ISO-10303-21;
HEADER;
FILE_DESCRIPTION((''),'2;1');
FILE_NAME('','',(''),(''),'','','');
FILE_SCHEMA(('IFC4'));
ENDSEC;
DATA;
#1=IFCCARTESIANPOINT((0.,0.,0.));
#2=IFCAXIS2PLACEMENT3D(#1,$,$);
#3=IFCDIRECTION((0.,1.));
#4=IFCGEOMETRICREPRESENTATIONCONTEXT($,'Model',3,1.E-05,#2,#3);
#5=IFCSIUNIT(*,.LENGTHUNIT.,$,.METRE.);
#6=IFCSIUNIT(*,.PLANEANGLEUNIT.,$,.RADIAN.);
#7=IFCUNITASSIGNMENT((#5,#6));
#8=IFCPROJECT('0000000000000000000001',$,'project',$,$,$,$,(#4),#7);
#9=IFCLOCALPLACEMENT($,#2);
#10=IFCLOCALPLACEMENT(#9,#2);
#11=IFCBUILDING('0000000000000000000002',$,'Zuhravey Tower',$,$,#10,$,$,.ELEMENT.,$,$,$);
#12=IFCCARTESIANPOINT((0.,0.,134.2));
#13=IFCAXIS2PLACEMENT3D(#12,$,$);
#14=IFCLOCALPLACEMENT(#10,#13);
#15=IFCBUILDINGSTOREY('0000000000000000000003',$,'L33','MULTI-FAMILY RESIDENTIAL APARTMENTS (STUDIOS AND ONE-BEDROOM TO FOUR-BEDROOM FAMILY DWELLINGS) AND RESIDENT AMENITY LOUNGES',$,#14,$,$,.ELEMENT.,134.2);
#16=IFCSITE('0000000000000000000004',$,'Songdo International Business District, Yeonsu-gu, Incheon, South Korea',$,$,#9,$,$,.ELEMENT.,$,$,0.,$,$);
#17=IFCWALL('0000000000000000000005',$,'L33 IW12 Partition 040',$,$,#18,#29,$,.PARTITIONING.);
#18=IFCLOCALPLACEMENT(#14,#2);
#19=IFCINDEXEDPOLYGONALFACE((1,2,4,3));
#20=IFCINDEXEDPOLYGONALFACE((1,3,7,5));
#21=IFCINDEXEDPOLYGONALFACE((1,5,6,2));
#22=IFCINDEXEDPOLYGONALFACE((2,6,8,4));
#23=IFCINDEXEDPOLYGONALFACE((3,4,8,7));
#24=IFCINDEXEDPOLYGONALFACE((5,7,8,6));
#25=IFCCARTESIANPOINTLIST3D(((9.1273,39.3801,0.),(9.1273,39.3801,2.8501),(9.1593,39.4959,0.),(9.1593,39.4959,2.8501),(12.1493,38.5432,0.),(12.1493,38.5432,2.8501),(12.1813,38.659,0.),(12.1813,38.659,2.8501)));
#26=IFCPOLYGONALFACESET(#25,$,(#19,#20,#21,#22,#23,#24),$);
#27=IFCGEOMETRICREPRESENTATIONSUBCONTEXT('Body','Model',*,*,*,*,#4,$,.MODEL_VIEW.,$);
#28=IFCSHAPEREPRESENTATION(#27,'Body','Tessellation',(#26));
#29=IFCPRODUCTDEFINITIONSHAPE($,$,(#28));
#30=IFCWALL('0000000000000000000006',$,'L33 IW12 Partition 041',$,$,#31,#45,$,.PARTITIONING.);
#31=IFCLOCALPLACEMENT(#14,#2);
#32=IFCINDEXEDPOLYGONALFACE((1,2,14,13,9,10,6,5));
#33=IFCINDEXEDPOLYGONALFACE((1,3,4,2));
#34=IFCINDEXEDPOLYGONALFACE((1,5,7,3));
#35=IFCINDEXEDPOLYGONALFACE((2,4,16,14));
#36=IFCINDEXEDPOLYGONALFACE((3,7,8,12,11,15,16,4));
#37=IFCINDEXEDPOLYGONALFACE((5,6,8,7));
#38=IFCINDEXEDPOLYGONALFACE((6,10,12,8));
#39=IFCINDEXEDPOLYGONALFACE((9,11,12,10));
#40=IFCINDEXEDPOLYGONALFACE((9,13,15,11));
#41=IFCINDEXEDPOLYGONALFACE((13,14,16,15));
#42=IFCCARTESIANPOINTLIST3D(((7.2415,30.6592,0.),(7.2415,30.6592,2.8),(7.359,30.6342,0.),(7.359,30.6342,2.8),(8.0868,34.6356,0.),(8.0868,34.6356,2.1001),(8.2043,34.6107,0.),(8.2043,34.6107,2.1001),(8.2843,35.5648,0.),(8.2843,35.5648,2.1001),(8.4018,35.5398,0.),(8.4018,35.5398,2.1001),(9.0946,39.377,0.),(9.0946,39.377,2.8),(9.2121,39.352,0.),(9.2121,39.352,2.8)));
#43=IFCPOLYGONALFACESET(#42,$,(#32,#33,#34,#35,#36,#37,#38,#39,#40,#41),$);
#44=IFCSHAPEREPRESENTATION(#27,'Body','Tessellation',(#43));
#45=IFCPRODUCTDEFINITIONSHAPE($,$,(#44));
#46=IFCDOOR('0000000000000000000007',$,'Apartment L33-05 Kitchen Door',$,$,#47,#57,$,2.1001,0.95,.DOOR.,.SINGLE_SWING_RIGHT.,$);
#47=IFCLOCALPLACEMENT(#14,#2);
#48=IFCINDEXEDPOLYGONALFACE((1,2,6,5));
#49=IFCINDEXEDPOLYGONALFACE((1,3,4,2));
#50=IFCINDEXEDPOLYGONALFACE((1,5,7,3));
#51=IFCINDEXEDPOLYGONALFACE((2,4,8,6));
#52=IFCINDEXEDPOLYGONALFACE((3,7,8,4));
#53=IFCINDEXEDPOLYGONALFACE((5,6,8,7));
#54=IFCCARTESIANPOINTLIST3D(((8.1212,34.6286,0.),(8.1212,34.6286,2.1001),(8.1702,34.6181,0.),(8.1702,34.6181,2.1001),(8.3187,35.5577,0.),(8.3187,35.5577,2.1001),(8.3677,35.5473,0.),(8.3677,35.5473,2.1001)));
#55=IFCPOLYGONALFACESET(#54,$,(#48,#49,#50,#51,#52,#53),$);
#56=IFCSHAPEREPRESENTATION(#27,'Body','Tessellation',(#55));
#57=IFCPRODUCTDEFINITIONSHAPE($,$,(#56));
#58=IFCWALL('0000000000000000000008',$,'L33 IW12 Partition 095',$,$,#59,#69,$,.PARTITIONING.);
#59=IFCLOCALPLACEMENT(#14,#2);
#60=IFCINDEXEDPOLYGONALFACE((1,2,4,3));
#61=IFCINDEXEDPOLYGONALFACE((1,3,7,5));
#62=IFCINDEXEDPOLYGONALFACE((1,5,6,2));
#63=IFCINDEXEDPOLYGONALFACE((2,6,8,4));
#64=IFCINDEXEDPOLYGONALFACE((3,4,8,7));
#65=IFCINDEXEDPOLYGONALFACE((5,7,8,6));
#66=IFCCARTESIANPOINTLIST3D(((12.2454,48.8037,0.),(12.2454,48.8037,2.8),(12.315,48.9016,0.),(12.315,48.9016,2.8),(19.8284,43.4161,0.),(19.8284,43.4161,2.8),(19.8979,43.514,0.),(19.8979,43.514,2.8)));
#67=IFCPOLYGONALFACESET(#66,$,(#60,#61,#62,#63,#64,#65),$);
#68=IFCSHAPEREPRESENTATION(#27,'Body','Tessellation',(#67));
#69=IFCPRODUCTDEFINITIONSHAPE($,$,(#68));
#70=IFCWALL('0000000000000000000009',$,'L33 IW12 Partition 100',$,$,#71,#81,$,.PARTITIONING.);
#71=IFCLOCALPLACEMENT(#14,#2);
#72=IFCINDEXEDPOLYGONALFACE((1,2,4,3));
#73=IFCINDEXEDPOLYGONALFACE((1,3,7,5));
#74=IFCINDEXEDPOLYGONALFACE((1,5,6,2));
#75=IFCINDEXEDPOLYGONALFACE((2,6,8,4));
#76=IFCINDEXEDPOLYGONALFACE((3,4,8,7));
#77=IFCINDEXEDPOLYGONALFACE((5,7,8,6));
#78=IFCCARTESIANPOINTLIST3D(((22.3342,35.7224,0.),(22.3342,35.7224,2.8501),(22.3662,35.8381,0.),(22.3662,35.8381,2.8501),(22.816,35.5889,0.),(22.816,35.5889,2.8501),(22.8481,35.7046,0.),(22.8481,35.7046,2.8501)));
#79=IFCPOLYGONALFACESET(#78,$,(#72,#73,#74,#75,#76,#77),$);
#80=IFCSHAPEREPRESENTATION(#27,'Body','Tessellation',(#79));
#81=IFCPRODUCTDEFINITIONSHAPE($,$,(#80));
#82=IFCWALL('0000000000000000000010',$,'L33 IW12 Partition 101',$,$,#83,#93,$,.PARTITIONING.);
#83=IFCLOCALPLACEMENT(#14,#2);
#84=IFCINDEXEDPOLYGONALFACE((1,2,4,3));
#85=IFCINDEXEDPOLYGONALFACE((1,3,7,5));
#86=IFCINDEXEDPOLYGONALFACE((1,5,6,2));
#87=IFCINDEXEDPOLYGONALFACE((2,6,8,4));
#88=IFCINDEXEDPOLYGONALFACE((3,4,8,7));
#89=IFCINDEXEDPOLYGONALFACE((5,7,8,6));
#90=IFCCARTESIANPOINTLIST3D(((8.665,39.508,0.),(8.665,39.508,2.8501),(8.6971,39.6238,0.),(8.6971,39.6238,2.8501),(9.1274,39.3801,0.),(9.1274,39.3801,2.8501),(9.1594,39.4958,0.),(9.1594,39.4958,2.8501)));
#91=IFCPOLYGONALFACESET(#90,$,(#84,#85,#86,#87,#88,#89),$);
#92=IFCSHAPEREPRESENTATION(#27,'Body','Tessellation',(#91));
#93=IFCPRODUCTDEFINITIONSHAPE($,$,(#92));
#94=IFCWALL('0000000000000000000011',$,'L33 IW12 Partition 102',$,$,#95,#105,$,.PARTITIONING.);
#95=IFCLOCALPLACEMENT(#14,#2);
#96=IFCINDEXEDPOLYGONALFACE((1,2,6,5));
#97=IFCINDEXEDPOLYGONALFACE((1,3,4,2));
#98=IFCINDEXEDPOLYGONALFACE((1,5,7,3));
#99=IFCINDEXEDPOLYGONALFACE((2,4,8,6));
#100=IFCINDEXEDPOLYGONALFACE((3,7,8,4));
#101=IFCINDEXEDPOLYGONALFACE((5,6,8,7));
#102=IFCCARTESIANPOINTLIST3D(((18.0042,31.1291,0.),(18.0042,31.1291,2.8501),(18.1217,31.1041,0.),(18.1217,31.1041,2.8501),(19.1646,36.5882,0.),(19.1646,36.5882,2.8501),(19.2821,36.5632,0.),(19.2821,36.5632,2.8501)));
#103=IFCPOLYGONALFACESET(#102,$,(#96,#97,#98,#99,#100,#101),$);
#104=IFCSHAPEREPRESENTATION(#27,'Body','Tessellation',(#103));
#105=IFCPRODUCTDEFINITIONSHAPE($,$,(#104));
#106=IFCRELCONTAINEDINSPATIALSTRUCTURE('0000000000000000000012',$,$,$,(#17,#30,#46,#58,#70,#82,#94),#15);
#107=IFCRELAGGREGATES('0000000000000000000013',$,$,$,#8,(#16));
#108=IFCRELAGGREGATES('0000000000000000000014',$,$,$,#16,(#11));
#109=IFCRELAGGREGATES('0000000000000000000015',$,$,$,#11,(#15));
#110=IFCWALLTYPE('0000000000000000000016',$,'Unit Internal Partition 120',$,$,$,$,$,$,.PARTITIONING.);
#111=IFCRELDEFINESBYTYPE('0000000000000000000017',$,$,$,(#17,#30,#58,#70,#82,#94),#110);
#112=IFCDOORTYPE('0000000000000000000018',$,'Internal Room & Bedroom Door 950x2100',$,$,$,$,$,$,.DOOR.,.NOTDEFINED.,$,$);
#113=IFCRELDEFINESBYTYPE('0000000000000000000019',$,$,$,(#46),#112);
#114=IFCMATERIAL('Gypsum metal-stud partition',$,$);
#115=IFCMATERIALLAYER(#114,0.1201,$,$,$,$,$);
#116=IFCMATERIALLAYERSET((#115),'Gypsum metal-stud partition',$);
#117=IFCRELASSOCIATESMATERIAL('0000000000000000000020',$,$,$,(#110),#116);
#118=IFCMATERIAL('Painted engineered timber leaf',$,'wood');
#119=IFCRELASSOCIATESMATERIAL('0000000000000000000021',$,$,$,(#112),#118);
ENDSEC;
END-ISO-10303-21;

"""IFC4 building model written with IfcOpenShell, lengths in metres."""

from ifc_helpers import new_model, si_unit, direction, frame, frame_2d, origin, place, context, subcontext, project, spatial, rectangle, extrude, material, layer, layer_set, type_object, element, fill, save


model = new_model("IFC4")

# Units and contexts
model_context = context("Model", 3, precision=1e-05, world=origin(), true_north=direction((0.0, 1.0)))
body_context = subcontext(model_context, "Body", "Model", "MODEL_VIEW")
ifc_project = project(units=[si_unit("LENGTHUNIT", "METRE"), si_unit("PLANEANGLEUNIT", "RADIAN")], contexts=[model_context])

# Site, building, storey
site_placement = place(None, origin())
site = spatial("IfcSite", under=ifc_project, at=site_placement, Name="Songdo International Business District, Yeonsu-gu, Incheon, South Korea", CompositionType="ELEMENT", RefElevation=0.0)
building_placement = place(site_placement, origin())
building = spatial("IfcBuilding", under=site, at=building_placement, Name="Zuhravey Tower", CompositionType="ELEMENT")
storey_placement = place(building_placement, frame((0.0, 0.0, 134.2)))
storey = spatial("IfcBuildingStorey", under=building, at=storey_placement, Name="L33", Description="MULTI-FAMILY RESIDENTIAL APARTMENTS (STUDIOS AND ONE-BEDROOM TO FOUR-BEDROOM FAMILY DWELLINGS) AND RESIDENT AMENITY LOUNGES", CompositionType="ELEMENT", Elevation=134.2)

# Shared definitions
ifc_material_1 = material(Name="Gypsum metal-stud partition")
ifc_layer_1 = layer(ifc_material_1, 0.1201)
ifc_layer_set_1 = layer_set([ifc_layer_1], Name="Gypsum metal-stud partition")
wall_type_1 = type_object("IfcWallType", Name="Unit Internal Partition 120", PredefinedType="PARTITIONING", material=ifc_layer_set_1)
ifc_material_2 = material(Name="Painted engineered timber leaf", Category="wood")
door_type_1 = type_object("IfcDoorType", Name="Internal Room & Bedroom Door 950x2100", OperationType="NOTDEFINED", PredefinedType="DOOR", material=ifc_material_2)

# Wall
wall_1_placement = place(storey_placement, frame((12.1653, 38.6011, 0.0), z_axis=(0.0, 0.0, 1.0), x_axis=(-0.963725, 0.266897, 0.0)))
element("IfcWall", 1, at=wall_1_placement, inside=storey, type_object=wall_type_1, Name="L33 IW12 Partition 040", PredefinedType="PARTITIONING", context=body_context, shape_type="SweptSolid", body=[
    extrude(rectangle(XDim=3.1357, YDim=0.1201, at=frame_2d((1.5679, 0.0))), origin(), (0.0, 0.0, 1.0), 2.8501),
])

# Wall, opening, door
wall_2_placement = place(storey_placement, frame((9.1533, 39.3645, 0.0), z_axis=(0.0, 0.0, 1.0), x_axis=(-0.207912, -0.978147, 0.0)))
wall_2 = element("IfcWall", 2, at=wall_2_placement, inside=storey, type_object=wall_type_1, Name="L33 IW12 Partition 041", PredefinedType="PARTITIONING", context=body_context, shape_type="SweptSolid", body=[
    extrude(rectangle(XDim=8.9126, YDim=0.1201, at=frame_2d((4.4563, 0.0))), origin(), (0.0, 0.0, 1.0), 2.8),
])
opening_1_placement = place(wall_2_placement, frame((3.8972, 0.0, 0.0)))
opening_1 = element("IfcOpeningElement", 3, at=opening_1_placement, cuts=wall_2, PredefinedType="OPENING", context=body_context, shape_type="SweptSolid", body=[
    extrude(rectangle(XDim=0.95, YDim=2.1001, at=frame_2d((0.4751, 1.05))), frame((0.0, 0.072, 0.0), z_axis=(0.0, -1.0, 0.0), x_axis=(1.0, 0.0, 0.0)), (0.0, 0.0, 1.0), 0.144),
])
door_1_placement = place(opening_1_placement, frame((0.95, 0.0, 0.0), z_axis=(0.0, 0.0, 1.0), x_axis=(-1.0, 0.0, 0.0)))
door_1 = element("IfcDoor", 4, at=door_1_placement, inside=storey, type_object=door_type_1, Name="Apartment L33-05 Kitchen Door", OperationType="SINGLE_SWING_RIGHT", OverallHeight=2.1001, OverallWidth=0.95, PredefinedType="DOOR", context=body_context, shape_type="SweptSolid", body=[
    extrude(rectangle(XDim=0.95, YDim=2.1001, at=frame_2d((0.4751, 1.05))), frame((0.0, 0.0249, 0.0), z_axis=(0.0, -1.0, 0.0), x_axis=(1.0, 0.0, 0.0)), (0.0, 0.0, 1.0), 0.05),
])
fill(opening_1, door_1)

# Walls
wall_3_placement = place(storey_placement, frame((19.863, 43.4651, 0.0), z_axis=(0.0, 0.0, 1.0), x_axis=(-0.815192, 0.579191, 0.0)))
element("IfcWall", 5, at=wall_3_placement, inside=storey, type_object=wall_type_1, Name="L33 IW12 Partition 095", PredefinedType="PARTITIONING", context=body_context, shape_type="SweptSolid", body=[
    extrude(rectangle(XDim=9.302, YDim=0.1201, at=frame_2d((4.6509, 0.0))), origin(), (0.0, 0.0, 1.0), 2.8),
])
wall_4_placement = place(storey_placement, frame((22.832, 35.6467, 0.0), z_axis=(0.0, 0.0, 1.0), x_axis=(-0.963686, 0.26704, 0.0)))
element("IfcWall", 6, at=wall_4_placement, inside=storey, type_object=wall_type_1, Name="L33 IW12 Partition 100", PredefinedType="PARTITIONING", context=body_context, shape_type="SweptSolid", body=[
    extrude(rectangle(XDim=0.5, YDim=0.1201, at=frame_2d((0.25, 0.0))), origin(), (0.0, 0.0, 1.0), 2.8501),
])
wall_5_placement = place(storey_placement, frame((9.1433, 39.438, 0.0), z_axis=(0.0, 0.0, 1.0), x_axis=(-0.963794, 0.266646, 0.0)))
element("IfcWall", 7, at=wall_5_placement, inside=storey, type_object=wall_type_1, Name="L33 IW12 Partition 101", PredefinedType="PARTITIONING", context=body_context, shape_type="SweptSolid", body=[
    extrude(rectangle(XDim=0.4797, YDim=0.1201, at=frame_2d((0.2397, 0.0))), origin(), (0.0, 0.0, 1.0), 2.8501),
])
wall_6_placement = place(storey_placement, frame((19.2234, 36.5757, 0.0), z_axis=(0.0, 0.0, 1.0), x_axis=(-0.207922, -0.978146, 0.0)))
element("IfcWall", 8, at=wall_6_placement, inside=storey, type_object=wall_type_1, Name="L33 IW12 Partition 102", PredefinedType="PARTITIONING", context=body_context, shape_type="SweptSolid", body=[
    extrude(rectangle(XDim=5.5811, YDim=0.1201, at=frame_2d((2.7905, 0.0))), origin(), (0.0, 0.0, 1.0), 2.8501),
])

save(model, "model.ifc")
